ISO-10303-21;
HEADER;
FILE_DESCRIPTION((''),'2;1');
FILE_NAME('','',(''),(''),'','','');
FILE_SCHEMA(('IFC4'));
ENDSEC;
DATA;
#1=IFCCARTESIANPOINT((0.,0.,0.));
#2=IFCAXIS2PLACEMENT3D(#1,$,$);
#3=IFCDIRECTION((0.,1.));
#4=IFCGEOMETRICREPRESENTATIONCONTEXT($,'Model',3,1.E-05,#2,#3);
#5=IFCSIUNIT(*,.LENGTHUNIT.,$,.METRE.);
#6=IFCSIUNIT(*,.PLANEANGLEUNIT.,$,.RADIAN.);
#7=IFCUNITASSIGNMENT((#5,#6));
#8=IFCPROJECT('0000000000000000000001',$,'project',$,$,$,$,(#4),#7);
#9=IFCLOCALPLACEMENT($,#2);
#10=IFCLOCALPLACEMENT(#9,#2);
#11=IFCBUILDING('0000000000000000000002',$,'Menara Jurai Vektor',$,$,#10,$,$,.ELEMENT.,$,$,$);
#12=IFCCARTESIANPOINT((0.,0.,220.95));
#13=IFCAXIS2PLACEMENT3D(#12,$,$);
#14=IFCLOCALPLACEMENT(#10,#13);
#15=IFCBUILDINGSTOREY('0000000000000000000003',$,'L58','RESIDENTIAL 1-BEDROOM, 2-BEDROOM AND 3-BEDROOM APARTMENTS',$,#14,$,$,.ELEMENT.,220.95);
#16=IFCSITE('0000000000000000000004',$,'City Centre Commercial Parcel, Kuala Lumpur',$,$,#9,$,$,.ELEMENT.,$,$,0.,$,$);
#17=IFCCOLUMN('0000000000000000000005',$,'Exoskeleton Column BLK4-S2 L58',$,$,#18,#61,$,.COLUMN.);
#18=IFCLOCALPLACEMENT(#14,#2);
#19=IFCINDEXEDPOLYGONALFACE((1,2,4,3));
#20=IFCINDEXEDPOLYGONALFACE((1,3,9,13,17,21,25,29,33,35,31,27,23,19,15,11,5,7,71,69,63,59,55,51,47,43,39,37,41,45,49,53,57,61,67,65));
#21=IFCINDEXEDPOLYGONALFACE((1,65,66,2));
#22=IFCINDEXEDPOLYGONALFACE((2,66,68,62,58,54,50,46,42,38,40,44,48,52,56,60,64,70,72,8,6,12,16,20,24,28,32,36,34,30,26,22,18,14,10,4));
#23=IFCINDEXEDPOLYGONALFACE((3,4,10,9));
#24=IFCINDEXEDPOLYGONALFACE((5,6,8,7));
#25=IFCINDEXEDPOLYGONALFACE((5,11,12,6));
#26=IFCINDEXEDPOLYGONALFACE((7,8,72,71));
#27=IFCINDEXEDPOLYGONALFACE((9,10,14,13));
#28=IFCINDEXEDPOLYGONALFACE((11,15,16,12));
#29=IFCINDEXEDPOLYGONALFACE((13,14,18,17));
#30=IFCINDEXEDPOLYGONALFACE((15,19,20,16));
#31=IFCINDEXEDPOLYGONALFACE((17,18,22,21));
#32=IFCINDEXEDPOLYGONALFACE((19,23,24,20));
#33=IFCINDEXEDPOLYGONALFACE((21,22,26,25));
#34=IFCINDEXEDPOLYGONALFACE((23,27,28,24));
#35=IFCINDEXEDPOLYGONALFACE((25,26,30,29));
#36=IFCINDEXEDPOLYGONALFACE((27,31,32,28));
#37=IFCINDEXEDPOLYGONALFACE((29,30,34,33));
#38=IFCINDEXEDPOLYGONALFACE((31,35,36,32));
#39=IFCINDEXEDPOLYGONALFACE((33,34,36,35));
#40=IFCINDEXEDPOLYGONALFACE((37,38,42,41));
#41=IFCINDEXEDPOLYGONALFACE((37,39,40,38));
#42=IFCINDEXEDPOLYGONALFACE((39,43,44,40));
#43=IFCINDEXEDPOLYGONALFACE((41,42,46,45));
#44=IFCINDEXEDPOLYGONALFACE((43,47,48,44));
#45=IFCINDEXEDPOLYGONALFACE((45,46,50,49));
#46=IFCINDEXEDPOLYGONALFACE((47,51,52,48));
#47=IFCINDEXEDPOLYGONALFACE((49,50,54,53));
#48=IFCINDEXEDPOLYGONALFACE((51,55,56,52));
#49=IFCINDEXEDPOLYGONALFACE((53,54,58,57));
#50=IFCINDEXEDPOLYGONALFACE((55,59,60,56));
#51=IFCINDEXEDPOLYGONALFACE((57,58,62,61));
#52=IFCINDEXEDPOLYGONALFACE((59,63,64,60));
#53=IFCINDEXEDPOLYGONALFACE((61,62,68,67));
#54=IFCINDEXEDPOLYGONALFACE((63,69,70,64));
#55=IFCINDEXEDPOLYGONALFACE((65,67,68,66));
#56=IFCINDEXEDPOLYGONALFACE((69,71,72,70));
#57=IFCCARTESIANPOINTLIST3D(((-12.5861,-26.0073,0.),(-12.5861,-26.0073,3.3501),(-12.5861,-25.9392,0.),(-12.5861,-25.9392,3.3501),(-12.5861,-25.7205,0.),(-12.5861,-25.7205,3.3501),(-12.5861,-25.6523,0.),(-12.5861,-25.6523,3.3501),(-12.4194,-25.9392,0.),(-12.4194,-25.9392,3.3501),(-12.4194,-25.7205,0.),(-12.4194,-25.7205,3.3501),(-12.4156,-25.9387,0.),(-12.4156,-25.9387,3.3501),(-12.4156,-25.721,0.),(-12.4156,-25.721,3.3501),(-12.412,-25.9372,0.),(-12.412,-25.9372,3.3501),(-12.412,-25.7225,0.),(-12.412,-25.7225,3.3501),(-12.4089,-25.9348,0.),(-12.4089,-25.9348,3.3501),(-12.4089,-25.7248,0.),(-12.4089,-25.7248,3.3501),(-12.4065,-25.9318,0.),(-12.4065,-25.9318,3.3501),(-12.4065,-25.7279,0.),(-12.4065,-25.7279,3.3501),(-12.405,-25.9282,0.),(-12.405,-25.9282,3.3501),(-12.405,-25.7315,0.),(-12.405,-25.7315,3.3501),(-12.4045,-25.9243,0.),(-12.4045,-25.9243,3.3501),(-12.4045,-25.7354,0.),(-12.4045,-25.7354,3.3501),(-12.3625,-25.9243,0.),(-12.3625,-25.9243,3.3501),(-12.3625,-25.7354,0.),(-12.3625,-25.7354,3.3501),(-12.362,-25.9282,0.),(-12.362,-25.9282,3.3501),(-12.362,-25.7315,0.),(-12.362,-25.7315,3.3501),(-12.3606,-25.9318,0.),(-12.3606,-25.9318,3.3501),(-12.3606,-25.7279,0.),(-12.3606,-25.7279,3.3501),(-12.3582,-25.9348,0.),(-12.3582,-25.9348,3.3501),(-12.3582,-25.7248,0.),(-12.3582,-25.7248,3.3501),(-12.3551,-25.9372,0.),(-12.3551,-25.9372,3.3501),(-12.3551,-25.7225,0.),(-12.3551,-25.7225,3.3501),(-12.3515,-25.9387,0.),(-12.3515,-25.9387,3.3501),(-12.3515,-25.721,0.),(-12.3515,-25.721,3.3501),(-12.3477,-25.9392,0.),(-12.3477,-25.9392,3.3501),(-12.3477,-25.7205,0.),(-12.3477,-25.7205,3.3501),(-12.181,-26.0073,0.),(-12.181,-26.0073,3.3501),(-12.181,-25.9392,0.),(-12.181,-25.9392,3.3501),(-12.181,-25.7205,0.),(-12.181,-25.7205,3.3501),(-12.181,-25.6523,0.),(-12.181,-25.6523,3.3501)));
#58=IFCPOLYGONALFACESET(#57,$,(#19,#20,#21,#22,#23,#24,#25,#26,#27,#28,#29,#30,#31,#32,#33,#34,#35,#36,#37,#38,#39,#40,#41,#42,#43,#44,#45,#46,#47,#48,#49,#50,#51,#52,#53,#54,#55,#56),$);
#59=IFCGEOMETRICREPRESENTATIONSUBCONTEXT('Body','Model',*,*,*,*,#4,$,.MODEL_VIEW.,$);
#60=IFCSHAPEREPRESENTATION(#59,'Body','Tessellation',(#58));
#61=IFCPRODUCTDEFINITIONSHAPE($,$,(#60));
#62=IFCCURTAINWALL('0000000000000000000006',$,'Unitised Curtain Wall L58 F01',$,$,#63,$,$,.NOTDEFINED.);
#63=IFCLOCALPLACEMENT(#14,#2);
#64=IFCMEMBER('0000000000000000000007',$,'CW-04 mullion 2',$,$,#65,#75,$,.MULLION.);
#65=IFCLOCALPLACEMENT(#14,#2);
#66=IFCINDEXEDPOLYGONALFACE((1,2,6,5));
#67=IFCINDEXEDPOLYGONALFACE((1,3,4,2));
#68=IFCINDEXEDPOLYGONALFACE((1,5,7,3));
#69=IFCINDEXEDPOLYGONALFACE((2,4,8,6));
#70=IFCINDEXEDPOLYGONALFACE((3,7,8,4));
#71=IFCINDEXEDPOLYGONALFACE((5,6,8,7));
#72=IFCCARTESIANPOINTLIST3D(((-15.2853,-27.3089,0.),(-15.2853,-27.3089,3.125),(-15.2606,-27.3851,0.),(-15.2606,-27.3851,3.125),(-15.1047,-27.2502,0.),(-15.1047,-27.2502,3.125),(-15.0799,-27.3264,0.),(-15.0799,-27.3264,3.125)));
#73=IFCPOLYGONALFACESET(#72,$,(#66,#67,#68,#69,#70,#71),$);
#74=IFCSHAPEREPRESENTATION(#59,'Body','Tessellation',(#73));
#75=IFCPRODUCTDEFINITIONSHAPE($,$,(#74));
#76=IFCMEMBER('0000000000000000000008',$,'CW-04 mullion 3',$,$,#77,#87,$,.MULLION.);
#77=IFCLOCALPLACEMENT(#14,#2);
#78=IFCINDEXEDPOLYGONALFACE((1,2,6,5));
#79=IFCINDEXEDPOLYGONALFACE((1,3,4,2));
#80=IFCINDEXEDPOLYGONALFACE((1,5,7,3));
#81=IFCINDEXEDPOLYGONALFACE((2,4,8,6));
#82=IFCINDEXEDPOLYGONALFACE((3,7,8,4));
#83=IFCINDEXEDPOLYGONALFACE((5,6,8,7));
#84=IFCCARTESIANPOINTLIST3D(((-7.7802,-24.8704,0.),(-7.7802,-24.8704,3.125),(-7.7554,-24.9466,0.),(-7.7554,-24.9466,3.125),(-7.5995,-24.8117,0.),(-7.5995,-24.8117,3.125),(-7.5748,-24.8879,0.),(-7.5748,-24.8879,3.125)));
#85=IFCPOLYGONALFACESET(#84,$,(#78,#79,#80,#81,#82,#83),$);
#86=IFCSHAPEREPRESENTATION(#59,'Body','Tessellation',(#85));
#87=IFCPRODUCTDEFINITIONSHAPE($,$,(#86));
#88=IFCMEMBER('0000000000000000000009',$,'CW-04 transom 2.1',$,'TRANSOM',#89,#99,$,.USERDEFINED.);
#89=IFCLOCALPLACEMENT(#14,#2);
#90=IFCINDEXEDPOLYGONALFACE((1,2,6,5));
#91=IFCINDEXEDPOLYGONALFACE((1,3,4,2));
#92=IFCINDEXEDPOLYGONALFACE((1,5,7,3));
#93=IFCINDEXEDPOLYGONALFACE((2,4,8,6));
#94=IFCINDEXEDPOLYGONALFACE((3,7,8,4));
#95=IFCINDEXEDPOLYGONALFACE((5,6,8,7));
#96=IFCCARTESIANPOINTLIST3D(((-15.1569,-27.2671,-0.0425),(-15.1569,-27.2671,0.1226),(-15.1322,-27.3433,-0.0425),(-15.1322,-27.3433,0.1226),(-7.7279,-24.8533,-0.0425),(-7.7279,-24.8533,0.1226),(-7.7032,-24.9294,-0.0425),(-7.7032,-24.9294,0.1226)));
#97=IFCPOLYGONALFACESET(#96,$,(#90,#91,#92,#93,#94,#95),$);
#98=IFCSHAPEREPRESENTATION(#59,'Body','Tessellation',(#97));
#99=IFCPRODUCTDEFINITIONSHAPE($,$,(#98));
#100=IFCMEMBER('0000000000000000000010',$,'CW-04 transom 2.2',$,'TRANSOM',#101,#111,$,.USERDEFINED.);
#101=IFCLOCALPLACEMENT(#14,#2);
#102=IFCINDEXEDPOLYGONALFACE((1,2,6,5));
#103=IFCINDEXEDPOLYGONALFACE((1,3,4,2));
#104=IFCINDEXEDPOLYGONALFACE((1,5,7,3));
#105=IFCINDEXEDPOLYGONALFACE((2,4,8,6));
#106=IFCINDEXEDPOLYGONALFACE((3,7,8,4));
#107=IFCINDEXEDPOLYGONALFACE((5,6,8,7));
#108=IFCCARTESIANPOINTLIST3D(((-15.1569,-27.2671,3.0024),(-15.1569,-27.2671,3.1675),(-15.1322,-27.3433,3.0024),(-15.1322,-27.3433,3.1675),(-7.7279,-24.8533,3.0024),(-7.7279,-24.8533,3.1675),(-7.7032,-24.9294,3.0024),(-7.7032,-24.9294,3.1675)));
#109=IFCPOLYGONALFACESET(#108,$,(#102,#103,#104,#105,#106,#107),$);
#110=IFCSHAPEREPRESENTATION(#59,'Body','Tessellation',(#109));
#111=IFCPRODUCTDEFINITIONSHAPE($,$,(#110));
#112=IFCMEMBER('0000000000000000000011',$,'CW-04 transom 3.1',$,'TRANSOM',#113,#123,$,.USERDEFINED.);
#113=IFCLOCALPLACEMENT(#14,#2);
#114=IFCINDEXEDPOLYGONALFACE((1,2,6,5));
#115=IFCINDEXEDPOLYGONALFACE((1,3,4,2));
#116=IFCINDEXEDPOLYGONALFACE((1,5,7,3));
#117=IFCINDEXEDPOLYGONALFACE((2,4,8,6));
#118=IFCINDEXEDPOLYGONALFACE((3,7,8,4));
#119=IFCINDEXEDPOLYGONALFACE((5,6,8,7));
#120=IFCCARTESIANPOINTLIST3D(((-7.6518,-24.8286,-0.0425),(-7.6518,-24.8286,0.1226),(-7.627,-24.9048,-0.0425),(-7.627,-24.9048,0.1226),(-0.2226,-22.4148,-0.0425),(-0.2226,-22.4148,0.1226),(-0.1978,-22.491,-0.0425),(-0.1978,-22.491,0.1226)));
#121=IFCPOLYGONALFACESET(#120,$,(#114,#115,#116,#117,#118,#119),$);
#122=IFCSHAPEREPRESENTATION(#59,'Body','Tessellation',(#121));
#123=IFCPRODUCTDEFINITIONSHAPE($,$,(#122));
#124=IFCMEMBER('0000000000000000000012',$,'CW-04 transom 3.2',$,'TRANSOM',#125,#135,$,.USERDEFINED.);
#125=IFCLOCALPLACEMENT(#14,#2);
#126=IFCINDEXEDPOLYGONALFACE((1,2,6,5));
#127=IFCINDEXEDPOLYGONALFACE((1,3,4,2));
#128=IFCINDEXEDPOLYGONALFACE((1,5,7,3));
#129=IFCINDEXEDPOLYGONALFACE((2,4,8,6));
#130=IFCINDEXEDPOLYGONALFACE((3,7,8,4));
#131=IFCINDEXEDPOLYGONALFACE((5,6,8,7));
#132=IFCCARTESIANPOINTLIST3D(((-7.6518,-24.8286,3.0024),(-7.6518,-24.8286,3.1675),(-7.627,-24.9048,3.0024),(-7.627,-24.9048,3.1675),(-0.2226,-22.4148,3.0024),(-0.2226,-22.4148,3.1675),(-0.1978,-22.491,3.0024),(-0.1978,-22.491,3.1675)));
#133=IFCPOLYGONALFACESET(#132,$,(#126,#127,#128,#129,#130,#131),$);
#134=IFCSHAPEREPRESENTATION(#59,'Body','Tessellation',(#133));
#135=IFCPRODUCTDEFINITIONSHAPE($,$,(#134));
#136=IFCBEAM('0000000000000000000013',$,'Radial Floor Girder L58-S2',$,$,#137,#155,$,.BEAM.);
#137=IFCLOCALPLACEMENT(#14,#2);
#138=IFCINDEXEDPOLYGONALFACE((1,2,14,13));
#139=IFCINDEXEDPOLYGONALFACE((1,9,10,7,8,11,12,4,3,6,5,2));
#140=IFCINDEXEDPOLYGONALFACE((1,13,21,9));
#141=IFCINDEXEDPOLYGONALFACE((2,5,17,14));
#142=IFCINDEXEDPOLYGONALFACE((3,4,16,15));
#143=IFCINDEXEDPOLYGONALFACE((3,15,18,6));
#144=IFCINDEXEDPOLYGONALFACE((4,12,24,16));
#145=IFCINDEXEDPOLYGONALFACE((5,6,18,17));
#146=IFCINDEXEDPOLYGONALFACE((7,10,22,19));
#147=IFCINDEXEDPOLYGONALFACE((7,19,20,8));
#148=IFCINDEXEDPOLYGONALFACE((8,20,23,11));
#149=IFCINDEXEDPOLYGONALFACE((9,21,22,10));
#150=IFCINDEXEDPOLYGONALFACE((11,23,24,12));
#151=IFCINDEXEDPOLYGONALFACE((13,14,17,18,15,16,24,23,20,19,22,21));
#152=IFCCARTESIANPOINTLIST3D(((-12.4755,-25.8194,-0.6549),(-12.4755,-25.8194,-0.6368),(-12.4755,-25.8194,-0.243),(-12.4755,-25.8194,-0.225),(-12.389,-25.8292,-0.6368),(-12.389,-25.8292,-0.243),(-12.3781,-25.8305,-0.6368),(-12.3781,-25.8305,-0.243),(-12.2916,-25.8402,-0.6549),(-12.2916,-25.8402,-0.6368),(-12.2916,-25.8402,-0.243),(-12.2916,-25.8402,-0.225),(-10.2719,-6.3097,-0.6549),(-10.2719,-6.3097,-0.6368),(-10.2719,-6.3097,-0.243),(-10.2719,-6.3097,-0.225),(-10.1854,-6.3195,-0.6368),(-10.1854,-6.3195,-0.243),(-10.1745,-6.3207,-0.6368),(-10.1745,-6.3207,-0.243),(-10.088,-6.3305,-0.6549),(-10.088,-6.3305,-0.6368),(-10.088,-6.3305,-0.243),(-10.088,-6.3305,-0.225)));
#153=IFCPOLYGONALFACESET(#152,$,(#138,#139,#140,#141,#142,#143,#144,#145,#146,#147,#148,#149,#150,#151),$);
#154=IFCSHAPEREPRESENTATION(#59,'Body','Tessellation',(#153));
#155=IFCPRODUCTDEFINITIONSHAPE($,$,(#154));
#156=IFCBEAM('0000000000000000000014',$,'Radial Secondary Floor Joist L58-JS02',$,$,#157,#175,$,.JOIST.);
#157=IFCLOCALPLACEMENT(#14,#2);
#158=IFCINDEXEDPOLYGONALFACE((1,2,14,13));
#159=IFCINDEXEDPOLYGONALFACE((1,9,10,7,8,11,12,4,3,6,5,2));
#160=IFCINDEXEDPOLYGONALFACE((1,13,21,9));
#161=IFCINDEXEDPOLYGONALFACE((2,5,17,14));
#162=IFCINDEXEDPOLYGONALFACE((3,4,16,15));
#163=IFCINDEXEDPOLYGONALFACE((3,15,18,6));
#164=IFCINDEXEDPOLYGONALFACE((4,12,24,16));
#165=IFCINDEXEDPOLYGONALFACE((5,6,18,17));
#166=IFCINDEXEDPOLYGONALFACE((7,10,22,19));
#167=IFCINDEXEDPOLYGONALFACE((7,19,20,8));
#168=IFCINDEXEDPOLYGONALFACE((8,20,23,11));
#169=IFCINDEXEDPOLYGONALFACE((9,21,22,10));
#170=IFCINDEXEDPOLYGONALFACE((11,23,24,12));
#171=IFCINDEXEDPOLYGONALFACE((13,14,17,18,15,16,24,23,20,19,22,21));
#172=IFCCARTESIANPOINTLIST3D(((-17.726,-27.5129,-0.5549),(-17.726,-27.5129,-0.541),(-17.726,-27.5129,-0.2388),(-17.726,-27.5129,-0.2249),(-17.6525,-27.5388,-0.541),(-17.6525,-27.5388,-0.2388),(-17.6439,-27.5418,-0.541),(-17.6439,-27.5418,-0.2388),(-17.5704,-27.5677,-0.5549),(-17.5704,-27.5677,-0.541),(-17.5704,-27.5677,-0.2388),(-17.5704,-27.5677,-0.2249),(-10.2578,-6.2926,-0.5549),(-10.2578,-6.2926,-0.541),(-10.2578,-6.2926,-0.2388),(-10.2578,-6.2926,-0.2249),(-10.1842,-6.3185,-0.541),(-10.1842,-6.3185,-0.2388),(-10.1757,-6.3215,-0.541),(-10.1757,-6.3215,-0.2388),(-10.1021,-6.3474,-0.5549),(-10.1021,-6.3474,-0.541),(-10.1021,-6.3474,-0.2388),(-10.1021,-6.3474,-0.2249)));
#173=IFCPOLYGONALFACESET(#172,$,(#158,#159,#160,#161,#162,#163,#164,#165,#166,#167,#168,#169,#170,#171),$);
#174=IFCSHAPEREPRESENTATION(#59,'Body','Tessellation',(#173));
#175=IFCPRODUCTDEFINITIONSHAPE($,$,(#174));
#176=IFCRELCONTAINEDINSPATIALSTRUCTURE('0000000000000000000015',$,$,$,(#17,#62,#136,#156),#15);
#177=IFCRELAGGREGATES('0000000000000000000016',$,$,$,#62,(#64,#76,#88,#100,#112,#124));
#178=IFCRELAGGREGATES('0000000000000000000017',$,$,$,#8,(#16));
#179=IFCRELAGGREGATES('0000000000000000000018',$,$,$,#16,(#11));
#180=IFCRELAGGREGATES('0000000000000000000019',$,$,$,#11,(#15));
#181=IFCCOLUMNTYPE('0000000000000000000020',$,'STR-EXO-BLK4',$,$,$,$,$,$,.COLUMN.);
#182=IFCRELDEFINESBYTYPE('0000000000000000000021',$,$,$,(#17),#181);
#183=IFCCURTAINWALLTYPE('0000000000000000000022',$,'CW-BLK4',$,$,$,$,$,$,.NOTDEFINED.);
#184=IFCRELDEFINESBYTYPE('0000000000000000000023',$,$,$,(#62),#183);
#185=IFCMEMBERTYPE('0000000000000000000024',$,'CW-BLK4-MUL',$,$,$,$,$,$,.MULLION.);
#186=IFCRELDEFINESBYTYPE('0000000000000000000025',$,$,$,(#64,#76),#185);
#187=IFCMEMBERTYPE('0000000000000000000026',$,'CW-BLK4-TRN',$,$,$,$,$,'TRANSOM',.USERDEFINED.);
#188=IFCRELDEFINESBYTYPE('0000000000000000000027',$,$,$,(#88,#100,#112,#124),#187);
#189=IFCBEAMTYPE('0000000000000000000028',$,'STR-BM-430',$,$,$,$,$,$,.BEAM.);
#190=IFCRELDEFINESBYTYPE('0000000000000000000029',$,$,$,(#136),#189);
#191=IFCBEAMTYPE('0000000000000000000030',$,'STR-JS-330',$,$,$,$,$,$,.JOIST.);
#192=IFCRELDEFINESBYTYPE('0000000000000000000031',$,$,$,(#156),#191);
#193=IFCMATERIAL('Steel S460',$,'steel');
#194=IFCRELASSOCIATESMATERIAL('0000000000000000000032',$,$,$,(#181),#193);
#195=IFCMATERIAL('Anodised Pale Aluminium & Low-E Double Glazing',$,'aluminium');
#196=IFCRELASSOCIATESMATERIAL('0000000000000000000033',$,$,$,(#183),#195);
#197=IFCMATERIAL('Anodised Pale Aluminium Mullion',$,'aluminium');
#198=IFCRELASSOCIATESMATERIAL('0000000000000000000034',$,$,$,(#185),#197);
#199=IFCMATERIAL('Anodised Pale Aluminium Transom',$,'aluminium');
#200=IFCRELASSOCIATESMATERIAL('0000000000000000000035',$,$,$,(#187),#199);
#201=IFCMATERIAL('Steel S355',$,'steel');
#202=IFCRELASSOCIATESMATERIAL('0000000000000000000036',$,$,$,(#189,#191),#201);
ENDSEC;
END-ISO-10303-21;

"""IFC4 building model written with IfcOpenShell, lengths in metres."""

from ifc_helpers import new_model, si_unit, direction, frame, origin, origin_2d, place, context, subcontext, project, spatial, rectangle, i_section, extrude, material, material_profile, profile_set, type_object, element, aggregate, save


model = new_model("IFC4")

# Units and contexts
model_context = context("Model", 3, precision=1e-05, world=origin(), true_north=direction((0.0, 1.0)))
body_context = subcontext(model_context, "Body", "Model", "MODEL_VIEW")
ifc_project = project(units=[si_unit("LENGTHUNIT", "METRE"), si_unit("PLANEANGLEUNIT", "RADIAN")], contexts=[model_context])

# Site, building, storey
site_placement = place(None, origin())
site = spatial("IfcSite", under=ifc_project, at=site_placement, Name="City Centre Commercial Parcel, Kuala Lumpur", CompositionType="ELEMENT", RefElevation=0.0)
building_placement = place(site_placement, origin())
building = spatial("IfcBuilding", under=site, at=building_placement, Name="Menara Jurai Vektor", CompositionType="ELEMENT")
storey_placement = place(building_placement, frame((0.0, 0.0, 220.95)))
storey = spatial("IfcBuildingStorey", under=building, at=storey_placement, Name="L58", Description="RESIDENTIAL 1-BEDROOM, 2-BEDROOM AND 3-BEDROOM APARTMENTS", CompositionType="ELEMENT", Elevation=220.95)

# Column
ifc_material_1 = material(Name="Steel S460", Category="steel")
ifc_material_profile_1 = material_profile(ifc_material_1, i_section(OverallWidth=0.405, OverallDepth=0.355, WebThickness=0.042, FlangeThickness=0.0681, FilletRadius=0.0149, at=origin_2d()), Name="HD 400x551")
ifc_profile_set_1 = profile_set([ifc_material_profile_1], Name="Steel S460")
column_type = type_object("IfcColumnType", Name="STR-EXO-BLK4", PredefinedType="COLUMN", material=ifc_profile_set_1)
column_placement = place(storey_placement, frame((-12.3835, -25.8298, 0.0), z_axis=(0.0, 0.0, 1.0), x_axis=(1.0, 0.0, 0.0)))
element("IfcColumn", 1, at=column_placement, inside=storey, type_object=column_type, Name="Exoskeleton Column BLK4-S2 L58", PredefinedType="COLUMN", context=body_context, shape_type="SweptSolid", body=[
    extrude(i_section(OverallWidth=0.405, OverallDepth=0.355, WebThickness=0.042, FlangeThickness=0.0681, FilletRadius=0.0149, at=origin_2d()), origin(), (0.0, 0.0, 1.0), 3.3501),
])

# Curtain wall, members
ifc_material_2 = material(Name="Anodised Pale Aluminium & Low-E Double Glazing", Category="aluminium")
curtain_wall_type = type_object("IfcCurtainWallType", Name="CW-BLK4", PredefinedType="NOTDEFINED", material=ifc_material_2)
curtain_wall_placement = place(storey_placement, origin())
curtain_wall = element("IfcCurtainWall", 2, at=curtain_wall_placement, inside=storey, type_object=curtain_wall_type, Name="Unitised Curtain Wall L58 F01", PredefinedType="NOTDEFINED")
ifc_material_3 = material(Name="Anodised Pale Aluminium Mullion", Category="aluminium")
ifc_material_profile_2 = material_profile(ifc_material_3, rectangle(XDim=0.0801, YDim=0.1899, at=origin_2d()), Name="ALU MUL 80x190")
ifc_profile_set_2 = profile_set([ifc_material_profile_2], Name="Anodised Pale Aluminium Mullion")
member_type_1 = type_object("IfcMemberType", Name="CW-BLK4-MUL", PredefinedType="MULLION", material=ifc_profile_set_2)
member_1_placement = place(storey_placement, frame((-15.1826, -27.3176, 0.0), z_axis=(0.0, 0.0, 1.0), x_axis=(-0.309017, 0.951056, 0.0)))
member_1 = element("IfcMember", 3, at=member_1_placement, type_object=member_type_1, Name="CW-04 mullion 2", PredefinedType="MULLION", context=body_context, shape_type="SweptSolid", body=[
    extrude(rectangle(XDim=0.0801, YDim=0.1899, at=origin_2d()), origin(), (0.0, 0.0, 1.0), 3.125),
])
member_2_placement = place(storey_placement, frame((-7.6775, -24.8792, 0.0), z_axis=(0.0, 0.0, 1.0), x_axis=(-0.309017, 0.951056, 0.0)))
member_2 = element("IfcMember", 4, at=member_2_placement, type_object=member_type_1, Name="CW-04 mullion 3", PredefinedType="MULLION", context=body_context, shape_type="SweptSolid", body=[
    extrude(rectangle(XDim=0.0801, YDim=0.1899, at=origin_2d()), origin(), (0.0, 0.0, 1.0), 3.125),
])
ifc_material_4 = material(Name="Anodised Pale Aluminium Transom", Category="aluminium")
ifc_material_profile_3 = material_profile(ifc_material_4, rectangle(XDim=0.0801, YDim=0.165, at=origin_2d()), Name="ALU TRN 80x165")
ifc_profile_set_3 = profile_set([ifc_material_profile_3], Name="Anodised Pale Aluminium Transom")
member_type_2 = type_object("IfcMemberType", Name="CW-BLK4-TRN", ElementType="TRANSOM", PredefinedType="USERDEFINED", material=ifc_profile_set_3)
member_3_placement = place(storey_placement, frame((-15.1445, -27.3052, 0.04), z_axis=(0.951056, 0.309018, 0.0), x_axis=(-0.309018, 0.951056, 0.0)))
member_3 = element("IfcMember", 5, at=member_3_placement, type_object=member_type_2, Name="CW-04 transom 2.1", ObjectType="TRANSOM", PredefinedType="USERDEFINED", context=body_context, shape_type="SweptSolid", body=[
    extrude(rectangle(XDim=0.0801, YDim=0.165, at=origin_2d()), origin(), (0.0, 0.0, 1.0), 7.8113),
])
member_4_placement = place(storey_placement, frame((-15.1445, -27.3052, 3.085), z_axis=(0.951056, 0.309018, 0.0), x_axis=(-0.309018, 0.951056, 0.0)))
member_4 = element("IfcMember", 6, at=member_4_placement, type_object=member_type_2, Name="CW-04 transom 2.2", ObjectType="TRANSOM", PredefinedType="USERDEFINED", context=body_context, shape_type="SweptSolid", body=[
    extrude(rectangle(XDim=0.0801, YDim=0.165, at=origin_2d()), origin(), (0.0, 0.0, 1.0), 7.8113),
])
member_5_placement = place(storey_placement, frame((-7.6394, -24.8667, 0.04), z_axis=(0.951059, 0.309008, 0.0), x_axis=(-0.309008, 0.951059, 0.0)))
member_5 = element("IfcMember", 7, at=member_5_placement, type_object=member_type_2, Name="CW-04 transom 3.1", ObjectType="TRANSOM", PredefinedType="USERDEFINED", context=body_context, shape_type="SweptSolid", body=[
    extrude(rectangle(XDim=0.0801, YDim=0.165, at=origin_2d()), origin(), (0.0, 0.0, 1.0), 7.8115),
])
member_6_placement = place(storey_placement, frame((-7.6394, -24.8667, 3.085), z_axis=(0.951059, 0.309008, 0.0), x_axis=(-0.309008, 0.951059, 0.0)))
member_6 = element("IfcMember", 8, at=member_6_placement, type_object=member_type_2, Name="CW-04 transom 3.2", ObjectType="TRANSOM", PredefinedType="USERDEFINED", context=body_context, shape_type="SweptSolid", body=[
    extrude(rectangle(XDim=0.0801, YDim=0.165, at=origin_2d()), origin(), (0.0, 0.0, 1.0), 7.8115),
])

# Beams
ifc_material_5 = material(Name="Steel S355", Category="steel")
ifc_material_profile_4 = material_profile(ifc_material_5, i_section(OverallWidth=0.1851, OverallDepth=0.4299, WebThickness=0.011, FlangeThickness=0.0181, at=origin_2d()), Name="PG 430x185x76")
ifc_profile_set_4 = profile_set([ifc_material_profile_4], Name="Steel S355")
beam_type_1 = type_object("IfcBeamType", Name="STR-BM-430", PredefinedType="BEAM", material=ifc_profile_set_4)
beam_1_placement = place(storey_placement, frame((-12.3835, -25.8298, -0.4399), z_axis=(0.112236, 0.993682, 0.0), x_axis=(-0.993682, 0.112236, 0.0)))
element("IfcBeam", 9, at=beam_1_placement, inside=storey, type_object=beam_type_1, Name="Radial Floor Girder L58-S2", PredefinedType="BEAM", context=body_context, shape_type="SweptSolid", body=[
    extrude(i_section(OverallWidth=0.1851, OverallDepth=0.4299, WebThickness=0.011, FlangeThickness=0.0181, at=origin_2d()), origin(), (0.0, 0.0, 1.0), 19.6338),
])
ifc_material_profile_5 = material_profile(ifc_material_5, i_section(OverallWidth=0.165, OverallDepth=0.3301, WebThickness=0.009, FlangeThickness=0.0139, at=origin_2d()), Name="PG 330x165x46")
ifc_profile_set_5 = profile_set([ifc_material_profile_5], Name="Steel S355")
beam_type_2 = type_object("IfcBeamType", Name="STR-JS-330", PredefinedType="JOIST", material=ifc_profile_set_5)
beam_2_placement = place(storey_placement, frame((-17.6482, -27.5403, -0.3899), z_axis=(0.331981, 0.943286, 0.0), x_axis=(-0.943286, 0.331981, 0.0)))
element("IfcBeam", 10, at=beam_2_placement, inside=storey, type_object=beam_type_2, Name="Radial Secondary Floor Joist L58-JS02", PredefinedType="JOIST", context=body_context, shape_type="SweptSolid", body=[
    extrude(i_section(OverallWidth=0.165, OverallDepth=0.3301, WebThickness=0.009, FlangeThickness=0.0139, at=origin_2d()), origin(), (0.0, 0.0, 1.0), 22.4961),
])

aggregate(curtain_wall, [member_1, member_2, member_3, member_4, member_5, member_6])

save(model, "model.ifc")
